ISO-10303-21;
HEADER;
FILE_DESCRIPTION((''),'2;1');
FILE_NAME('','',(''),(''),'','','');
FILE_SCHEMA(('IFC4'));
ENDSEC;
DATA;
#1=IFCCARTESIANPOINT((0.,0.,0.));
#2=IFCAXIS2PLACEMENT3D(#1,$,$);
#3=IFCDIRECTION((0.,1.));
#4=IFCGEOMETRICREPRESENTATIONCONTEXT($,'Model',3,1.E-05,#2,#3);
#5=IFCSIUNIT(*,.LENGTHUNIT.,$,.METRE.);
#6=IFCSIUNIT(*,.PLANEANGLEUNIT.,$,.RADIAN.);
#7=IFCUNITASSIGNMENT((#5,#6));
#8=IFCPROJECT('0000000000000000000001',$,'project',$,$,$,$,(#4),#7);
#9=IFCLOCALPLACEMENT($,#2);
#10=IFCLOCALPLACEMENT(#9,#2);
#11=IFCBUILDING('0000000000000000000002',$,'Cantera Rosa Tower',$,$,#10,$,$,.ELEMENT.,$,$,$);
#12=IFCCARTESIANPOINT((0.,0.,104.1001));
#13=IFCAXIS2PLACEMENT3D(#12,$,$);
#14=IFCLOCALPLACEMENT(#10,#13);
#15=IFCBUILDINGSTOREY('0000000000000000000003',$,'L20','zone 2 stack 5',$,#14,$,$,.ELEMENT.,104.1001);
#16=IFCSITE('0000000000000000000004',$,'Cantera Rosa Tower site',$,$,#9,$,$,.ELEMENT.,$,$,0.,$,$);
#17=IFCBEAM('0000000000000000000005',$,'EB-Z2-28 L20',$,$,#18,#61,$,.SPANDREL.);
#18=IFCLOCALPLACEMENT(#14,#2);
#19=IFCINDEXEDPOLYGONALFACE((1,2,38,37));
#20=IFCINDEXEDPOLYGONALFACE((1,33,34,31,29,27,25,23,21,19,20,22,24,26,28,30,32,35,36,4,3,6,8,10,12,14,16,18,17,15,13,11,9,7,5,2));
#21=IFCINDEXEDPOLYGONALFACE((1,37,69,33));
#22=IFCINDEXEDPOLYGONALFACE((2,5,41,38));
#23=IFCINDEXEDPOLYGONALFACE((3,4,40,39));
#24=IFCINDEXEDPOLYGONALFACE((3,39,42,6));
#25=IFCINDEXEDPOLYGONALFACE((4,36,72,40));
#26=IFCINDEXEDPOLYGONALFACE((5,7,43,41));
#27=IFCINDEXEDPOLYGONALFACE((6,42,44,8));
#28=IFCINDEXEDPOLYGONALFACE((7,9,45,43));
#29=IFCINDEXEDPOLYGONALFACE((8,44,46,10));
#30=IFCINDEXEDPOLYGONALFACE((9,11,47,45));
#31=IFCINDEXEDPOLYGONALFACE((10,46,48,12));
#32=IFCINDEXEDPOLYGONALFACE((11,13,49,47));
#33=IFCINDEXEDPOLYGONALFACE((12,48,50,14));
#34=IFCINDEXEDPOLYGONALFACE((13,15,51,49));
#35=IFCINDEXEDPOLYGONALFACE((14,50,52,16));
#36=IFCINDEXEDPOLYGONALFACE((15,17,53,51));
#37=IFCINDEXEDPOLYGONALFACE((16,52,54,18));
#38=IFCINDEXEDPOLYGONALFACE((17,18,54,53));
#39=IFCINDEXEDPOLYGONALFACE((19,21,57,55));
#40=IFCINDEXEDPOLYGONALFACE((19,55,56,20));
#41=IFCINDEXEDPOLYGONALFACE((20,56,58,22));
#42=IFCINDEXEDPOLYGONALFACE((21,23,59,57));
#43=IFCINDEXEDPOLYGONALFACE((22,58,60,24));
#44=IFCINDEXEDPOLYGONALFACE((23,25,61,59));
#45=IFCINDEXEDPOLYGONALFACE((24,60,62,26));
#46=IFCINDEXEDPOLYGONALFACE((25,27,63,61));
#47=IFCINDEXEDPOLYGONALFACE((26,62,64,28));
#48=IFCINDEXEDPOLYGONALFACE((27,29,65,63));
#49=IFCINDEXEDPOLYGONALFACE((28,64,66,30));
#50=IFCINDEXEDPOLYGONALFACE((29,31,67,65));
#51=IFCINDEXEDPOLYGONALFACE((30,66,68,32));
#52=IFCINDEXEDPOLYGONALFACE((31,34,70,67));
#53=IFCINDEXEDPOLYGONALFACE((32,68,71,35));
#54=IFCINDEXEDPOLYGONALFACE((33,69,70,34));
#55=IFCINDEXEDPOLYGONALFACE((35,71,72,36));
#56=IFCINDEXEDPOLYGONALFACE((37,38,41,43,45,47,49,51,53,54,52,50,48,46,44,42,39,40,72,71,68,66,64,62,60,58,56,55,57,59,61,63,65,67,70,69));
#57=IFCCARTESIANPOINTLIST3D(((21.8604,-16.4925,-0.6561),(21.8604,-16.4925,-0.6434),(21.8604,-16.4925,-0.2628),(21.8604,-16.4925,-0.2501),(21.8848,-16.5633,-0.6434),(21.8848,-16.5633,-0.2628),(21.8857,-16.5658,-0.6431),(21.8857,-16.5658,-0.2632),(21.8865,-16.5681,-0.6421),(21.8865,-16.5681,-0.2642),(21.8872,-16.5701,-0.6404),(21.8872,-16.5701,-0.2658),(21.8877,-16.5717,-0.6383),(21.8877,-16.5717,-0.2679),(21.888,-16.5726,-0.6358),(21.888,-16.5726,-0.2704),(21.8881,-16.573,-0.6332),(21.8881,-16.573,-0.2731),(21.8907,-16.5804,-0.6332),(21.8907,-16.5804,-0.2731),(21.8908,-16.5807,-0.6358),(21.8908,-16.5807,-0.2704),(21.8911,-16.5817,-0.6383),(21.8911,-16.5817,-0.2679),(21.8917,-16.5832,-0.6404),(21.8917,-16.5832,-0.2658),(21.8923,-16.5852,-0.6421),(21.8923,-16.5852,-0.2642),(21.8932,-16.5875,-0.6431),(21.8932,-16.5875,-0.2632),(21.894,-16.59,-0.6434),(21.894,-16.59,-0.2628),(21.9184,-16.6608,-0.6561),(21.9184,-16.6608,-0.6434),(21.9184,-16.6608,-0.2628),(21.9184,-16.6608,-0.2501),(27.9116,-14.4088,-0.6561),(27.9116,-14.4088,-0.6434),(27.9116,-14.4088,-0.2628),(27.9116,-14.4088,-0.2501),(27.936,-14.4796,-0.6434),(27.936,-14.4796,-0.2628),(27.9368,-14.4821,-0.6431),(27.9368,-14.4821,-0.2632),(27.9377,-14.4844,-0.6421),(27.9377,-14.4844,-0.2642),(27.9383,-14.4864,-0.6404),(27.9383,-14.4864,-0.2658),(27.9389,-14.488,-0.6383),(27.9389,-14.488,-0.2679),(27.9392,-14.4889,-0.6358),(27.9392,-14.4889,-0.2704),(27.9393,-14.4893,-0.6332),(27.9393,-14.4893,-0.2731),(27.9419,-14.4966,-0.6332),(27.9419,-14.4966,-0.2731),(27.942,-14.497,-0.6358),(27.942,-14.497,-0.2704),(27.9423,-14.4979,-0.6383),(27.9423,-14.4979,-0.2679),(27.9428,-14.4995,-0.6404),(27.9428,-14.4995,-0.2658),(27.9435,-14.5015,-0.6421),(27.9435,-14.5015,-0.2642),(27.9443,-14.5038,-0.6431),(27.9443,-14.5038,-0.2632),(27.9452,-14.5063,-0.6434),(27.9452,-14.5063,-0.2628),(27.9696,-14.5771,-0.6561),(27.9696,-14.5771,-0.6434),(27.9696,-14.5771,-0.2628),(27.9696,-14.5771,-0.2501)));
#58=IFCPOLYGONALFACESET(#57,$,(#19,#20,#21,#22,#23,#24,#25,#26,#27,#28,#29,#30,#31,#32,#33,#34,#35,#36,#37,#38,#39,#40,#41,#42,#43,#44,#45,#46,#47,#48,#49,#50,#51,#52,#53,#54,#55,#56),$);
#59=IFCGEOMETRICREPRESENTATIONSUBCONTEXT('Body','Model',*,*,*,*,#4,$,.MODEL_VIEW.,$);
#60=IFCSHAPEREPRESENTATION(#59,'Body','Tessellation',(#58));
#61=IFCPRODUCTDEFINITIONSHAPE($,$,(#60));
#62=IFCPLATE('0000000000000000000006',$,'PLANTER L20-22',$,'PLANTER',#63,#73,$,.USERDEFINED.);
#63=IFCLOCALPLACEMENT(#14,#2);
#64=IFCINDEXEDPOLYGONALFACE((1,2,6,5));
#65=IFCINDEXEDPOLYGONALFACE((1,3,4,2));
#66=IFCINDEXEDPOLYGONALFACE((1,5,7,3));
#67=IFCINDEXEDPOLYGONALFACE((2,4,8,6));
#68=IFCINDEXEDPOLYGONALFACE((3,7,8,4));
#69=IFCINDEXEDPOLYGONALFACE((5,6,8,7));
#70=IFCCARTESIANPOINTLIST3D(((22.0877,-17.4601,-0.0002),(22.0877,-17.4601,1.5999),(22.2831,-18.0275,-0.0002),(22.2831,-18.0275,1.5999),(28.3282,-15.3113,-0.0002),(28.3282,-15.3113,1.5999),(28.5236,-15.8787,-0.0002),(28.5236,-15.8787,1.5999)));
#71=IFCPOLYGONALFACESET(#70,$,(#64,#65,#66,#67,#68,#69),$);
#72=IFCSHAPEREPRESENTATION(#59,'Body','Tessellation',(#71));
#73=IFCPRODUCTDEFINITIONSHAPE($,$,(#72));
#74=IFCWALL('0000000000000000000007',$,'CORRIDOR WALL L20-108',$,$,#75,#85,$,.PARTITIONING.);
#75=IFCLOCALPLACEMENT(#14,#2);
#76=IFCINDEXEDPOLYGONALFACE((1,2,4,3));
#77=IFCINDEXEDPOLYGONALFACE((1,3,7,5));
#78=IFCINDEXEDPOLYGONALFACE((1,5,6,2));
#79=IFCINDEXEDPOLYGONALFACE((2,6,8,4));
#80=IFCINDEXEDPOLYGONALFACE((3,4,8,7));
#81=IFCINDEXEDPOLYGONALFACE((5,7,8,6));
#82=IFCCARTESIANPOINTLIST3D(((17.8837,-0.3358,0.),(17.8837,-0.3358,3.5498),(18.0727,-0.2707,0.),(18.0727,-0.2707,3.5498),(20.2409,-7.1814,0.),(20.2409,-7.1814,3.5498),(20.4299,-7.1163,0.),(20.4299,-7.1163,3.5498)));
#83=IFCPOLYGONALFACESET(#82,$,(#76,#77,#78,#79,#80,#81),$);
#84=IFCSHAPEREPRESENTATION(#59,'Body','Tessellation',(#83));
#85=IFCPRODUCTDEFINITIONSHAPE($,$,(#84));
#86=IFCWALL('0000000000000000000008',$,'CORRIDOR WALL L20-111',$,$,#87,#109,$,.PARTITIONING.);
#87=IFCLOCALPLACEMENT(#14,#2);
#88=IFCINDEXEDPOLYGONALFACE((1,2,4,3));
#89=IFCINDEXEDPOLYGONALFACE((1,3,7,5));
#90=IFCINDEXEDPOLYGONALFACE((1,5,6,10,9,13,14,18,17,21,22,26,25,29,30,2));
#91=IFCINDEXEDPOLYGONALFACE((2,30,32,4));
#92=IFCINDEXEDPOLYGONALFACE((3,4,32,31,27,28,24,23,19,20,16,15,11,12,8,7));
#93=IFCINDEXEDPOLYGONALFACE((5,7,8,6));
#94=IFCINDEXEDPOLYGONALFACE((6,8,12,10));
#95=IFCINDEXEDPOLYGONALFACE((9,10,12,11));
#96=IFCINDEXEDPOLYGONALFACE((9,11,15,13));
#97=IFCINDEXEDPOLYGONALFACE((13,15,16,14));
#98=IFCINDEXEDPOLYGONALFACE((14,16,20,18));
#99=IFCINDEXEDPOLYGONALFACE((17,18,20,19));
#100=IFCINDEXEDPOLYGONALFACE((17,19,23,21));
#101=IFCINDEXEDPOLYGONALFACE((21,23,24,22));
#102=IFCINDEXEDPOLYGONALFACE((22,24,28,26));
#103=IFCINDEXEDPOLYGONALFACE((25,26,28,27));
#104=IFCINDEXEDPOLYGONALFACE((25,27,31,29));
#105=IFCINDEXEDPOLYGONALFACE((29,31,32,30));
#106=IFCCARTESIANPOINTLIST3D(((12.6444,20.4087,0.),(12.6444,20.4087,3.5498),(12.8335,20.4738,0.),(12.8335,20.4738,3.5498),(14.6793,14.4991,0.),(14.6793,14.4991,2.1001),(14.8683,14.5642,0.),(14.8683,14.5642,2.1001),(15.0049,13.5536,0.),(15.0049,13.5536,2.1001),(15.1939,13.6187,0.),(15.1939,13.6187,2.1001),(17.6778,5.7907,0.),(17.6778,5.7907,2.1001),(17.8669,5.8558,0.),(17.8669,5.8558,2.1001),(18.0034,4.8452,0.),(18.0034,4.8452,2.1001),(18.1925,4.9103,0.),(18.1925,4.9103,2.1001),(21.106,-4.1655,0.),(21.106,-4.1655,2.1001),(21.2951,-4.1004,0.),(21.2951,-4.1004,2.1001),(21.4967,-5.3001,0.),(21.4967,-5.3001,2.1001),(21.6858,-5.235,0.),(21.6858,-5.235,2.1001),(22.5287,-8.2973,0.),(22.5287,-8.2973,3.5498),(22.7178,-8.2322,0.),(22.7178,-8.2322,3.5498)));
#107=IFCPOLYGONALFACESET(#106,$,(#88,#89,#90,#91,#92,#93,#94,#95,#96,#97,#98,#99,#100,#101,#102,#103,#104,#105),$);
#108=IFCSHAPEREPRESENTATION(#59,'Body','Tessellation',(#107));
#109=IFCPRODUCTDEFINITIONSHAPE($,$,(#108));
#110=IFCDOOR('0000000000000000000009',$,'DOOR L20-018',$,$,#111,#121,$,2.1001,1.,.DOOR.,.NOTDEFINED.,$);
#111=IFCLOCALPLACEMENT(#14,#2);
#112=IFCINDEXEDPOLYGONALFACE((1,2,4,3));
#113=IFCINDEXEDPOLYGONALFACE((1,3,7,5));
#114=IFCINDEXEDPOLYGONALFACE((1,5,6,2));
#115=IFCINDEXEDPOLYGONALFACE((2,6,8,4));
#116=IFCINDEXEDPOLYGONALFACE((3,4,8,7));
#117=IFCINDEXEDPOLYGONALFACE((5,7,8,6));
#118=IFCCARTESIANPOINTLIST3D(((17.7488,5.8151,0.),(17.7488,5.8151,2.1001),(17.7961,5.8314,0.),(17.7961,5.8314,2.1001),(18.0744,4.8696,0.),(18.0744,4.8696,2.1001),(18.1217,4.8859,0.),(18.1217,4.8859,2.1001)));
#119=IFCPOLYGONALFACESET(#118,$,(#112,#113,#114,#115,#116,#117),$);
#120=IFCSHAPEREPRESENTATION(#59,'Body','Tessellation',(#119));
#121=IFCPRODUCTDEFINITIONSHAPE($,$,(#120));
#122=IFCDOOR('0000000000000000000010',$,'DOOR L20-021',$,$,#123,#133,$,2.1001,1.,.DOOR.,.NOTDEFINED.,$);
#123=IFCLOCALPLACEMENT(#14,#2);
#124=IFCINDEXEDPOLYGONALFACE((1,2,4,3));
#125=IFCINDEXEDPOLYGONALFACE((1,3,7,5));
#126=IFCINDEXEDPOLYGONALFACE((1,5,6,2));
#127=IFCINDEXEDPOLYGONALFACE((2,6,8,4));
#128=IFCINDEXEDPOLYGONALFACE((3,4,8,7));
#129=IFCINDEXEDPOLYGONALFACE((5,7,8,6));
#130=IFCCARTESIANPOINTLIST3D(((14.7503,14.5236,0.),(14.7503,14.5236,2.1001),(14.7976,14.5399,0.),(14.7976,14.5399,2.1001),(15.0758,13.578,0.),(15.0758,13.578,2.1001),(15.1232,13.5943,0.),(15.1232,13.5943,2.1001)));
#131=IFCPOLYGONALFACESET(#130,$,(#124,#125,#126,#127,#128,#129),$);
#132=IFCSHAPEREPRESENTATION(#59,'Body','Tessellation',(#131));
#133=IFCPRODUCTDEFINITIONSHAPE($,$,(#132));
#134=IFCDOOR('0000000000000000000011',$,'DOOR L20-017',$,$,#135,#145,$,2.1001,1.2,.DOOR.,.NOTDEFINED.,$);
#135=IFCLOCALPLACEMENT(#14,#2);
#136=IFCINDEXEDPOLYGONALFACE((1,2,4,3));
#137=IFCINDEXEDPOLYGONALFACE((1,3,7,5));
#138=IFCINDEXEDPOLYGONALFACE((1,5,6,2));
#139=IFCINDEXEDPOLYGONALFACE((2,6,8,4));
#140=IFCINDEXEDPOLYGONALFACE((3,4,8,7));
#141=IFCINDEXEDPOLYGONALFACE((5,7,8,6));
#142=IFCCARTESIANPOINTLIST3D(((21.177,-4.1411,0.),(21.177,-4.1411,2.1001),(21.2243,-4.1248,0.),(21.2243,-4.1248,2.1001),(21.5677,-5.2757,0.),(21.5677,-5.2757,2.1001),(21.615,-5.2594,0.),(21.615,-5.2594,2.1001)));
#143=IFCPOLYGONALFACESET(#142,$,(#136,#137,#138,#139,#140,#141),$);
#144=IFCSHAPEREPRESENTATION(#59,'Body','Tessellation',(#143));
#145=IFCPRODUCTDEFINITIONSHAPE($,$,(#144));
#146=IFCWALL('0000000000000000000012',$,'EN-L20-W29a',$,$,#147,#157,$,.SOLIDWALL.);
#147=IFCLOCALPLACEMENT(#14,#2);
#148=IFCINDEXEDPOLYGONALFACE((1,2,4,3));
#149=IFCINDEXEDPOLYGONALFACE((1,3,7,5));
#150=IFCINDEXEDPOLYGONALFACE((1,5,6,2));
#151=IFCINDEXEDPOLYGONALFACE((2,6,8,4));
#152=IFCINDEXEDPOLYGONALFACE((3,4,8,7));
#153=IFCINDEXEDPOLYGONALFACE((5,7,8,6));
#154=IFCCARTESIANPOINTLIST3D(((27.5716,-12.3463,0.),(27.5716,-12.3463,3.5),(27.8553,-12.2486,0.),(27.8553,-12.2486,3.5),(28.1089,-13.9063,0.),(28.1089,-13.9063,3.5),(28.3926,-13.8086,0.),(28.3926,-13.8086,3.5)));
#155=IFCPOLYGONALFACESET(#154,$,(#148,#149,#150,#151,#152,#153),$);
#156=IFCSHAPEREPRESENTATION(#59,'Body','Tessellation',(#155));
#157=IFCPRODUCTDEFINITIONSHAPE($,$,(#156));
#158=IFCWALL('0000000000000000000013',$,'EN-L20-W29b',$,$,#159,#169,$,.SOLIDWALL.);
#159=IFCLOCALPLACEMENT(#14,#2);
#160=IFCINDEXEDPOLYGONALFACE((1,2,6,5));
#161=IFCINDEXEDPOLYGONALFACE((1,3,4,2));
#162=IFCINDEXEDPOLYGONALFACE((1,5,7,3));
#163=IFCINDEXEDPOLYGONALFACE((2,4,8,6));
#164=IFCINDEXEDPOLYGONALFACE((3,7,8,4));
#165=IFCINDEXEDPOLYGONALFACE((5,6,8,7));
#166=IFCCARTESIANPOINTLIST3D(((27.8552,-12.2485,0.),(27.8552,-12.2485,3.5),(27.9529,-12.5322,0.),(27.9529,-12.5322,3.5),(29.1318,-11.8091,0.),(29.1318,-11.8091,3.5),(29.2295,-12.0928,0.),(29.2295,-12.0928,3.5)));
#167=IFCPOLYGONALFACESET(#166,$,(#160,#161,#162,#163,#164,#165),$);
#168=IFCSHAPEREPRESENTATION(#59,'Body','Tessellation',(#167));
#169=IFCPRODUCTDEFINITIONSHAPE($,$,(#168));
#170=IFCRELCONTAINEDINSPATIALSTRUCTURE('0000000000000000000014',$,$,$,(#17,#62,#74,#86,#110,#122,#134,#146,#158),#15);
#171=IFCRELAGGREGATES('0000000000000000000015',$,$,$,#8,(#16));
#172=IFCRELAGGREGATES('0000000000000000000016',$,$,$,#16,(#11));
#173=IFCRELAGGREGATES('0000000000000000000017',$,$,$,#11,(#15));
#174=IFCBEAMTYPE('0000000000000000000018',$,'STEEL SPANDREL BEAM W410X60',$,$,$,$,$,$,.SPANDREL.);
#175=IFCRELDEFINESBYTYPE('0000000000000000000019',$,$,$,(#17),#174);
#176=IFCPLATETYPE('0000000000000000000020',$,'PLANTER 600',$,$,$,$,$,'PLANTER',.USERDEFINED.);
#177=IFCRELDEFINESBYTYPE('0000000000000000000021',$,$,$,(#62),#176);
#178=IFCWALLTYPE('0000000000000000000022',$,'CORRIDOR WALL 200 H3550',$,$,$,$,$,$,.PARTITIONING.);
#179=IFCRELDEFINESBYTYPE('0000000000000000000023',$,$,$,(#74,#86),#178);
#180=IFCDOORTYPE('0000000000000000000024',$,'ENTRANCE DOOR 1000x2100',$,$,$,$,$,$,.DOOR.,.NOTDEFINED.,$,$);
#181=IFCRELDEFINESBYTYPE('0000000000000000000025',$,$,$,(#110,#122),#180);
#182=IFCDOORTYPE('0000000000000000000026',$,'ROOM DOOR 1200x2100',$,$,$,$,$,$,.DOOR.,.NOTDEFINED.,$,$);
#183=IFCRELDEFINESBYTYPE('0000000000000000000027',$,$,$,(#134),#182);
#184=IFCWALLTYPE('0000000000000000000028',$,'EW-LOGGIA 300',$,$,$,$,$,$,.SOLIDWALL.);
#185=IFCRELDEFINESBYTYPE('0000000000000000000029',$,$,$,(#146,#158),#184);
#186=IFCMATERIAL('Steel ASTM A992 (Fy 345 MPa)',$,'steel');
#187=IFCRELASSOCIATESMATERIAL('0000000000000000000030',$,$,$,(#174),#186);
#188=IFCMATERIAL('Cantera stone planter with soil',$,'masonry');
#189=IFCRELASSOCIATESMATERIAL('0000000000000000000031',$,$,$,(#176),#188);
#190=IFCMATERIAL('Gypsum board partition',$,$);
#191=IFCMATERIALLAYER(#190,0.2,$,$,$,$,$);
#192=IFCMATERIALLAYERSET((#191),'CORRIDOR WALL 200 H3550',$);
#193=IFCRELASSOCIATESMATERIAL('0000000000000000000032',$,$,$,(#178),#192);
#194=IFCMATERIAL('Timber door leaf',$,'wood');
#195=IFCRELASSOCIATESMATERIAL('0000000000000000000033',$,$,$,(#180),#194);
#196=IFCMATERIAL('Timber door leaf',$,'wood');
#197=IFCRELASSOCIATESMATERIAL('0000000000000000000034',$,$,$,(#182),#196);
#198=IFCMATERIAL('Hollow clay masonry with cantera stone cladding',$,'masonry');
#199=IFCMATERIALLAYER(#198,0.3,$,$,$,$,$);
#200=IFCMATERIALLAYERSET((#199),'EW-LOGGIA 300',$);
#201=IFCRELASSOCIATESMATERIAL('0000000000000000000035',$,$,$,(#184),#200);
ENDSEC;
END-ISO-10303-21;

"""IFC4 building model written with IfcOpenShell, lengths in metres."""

from ifc_helpers import new_model, si_unit, direction, frame, frame_2d, origin, origin_2d, place, context, subcontext, project, spatial, rectangle, i_section, extrude, material, layer, layer_set, material_profile, profile_set, type_object, element, fill, save


model = new_model("IFC4")

# Units and contexts
model_context = context("Model", 3, precision=1e-05, world=origin(), true_north=direction((0.0, 1.0)))
body_context = subcontext(model_context, "Body", "Model", "MODEL_VIEW")
ifc_project = project(units=[si_unit("LENGTHUNIT", "METRE"), si_unit("PLANEANGLEUNIT", "RADIAN")], contexts=[model_context])

# Site, building, storey
site_placement = place(None, origin())
site = spatial("IfcSite", under=ifc_project, at=site_placement, Name="Cantera Rosa Tower site", CompositionType="ELEMENT", RefElevation=0.0)
building_placement = place(site_placement, origin())
building = spatial("IfcBuilding", under=site, at=building_placement, Name="Cantera Rosa Tower", CompositionType="ELEMENT")
storey_placement = place(building_placement, frame((0.0, 0.0, 104.1001)))
storey = spatial("IfcBuildingStorey", under=building, at=storey_placement, Name="L20", Description="zone 2 stack 5", CompositionType="ELEMENT", Elevation=104.1001)

# Beam
ifc_material_1 = material(Name="Steel ASTM A992 (Fy 345 MPa)", Category="steel")
ifc_material_profile_1 = material_profile(ifc_material_1, i_section(OverallWidth=0.178, OverallDepth=0.406, WebThickness=0.0078, FlangeThickness=0.0127, FilletRadius=0.0103, at=origin_2d()), Name="W410X60")
ifc_profile_set_1 = profile_set([ifc_material_profile_1], Name="Steel ASTM A992 (Fy 345 MPa)")
beam_type_1 = type_object("IfcBeamType", Name="STEEL SPANDREL BEAM W410X60", PredefinedType="SPANDREL", material=ifc_profile_set_1)
beam_1_placement = place(storey_placement, frame((21.8894, -16.5767, -0.4531), z_axis=(0.945513, 0.325585, 0.0), x_axis=(-0.325585, 0.945513, 0.0)))
element("IfcBeam", 1, at=beam_1_placement, inside=storey, type_object=beam_type_1, Name="EB-Z2-28 L20", PredefinedType="SPANDREL", context=body_context, shape_type="SweptSolid", body=[
    extrude(i_section(OverallWidth=0.178, OverallDepth=0.406, WebThickness=0.0078, FlangeThickness=0.0127, FilletRadius=0.0103, at=origin_2d()), origin(), (0.0, 0.0, 1.0), 6.3999),
])

# Plate
ifc_material_2 = material(Name="Cantera stone planter with soil", Category="masonry")
plate_type = type_object("IfcPlateType", Name="PLANTER 600", ElementType="PLANTER", PredefinedType="USERDEFINED", material=ifc_material_2)
plate_placement = place(storey_placement, frame((25.3057, -16.6694, -0.0002), z_axis=(0.0, 0.0, 1.0), x_axis=(0.945519, 0.325568, 0.0)))
element("IfcPlate", 2, at=plate_placement, inside=storey, type_object=plate_type, Name="PLANTER L20-22", ObjectType="PLANTER", PredefinedType="USERDEFINED", context=body_context, shape_type="SweptSolid", body=[
    extrude(rectangle(XDim=6.6001, YDim=0.6001, at=origin_2d()), origin(), (0.0, 0.0, 1.0), 1.6001),
])

# Wall
ifc_material_3 = material(Name="Gypsum board partition")
ifc_layer_1 = layer(ifc_material_3, 0.2)
ifc_layer_set_1 = layer_set([ifc_layer_1], Name="CORRIDOR WALL 200 H3550")
wall_type_1 = type_object("IfcWallType", Name="CORRIDOR WALL 200 H3550", PredefinedType="PARTITIONING", material=ifc_layer_set_1)
wall_1_placement = place(storey_placement, frame((20.3354, -7.1489, 0.0), z_axis=(0.0, 0.0, 1.0), x_axis=(-0.32558, 0.945514, 0.0)))
element("IfcWall", 3, at=wall_1_placement, inside=storey, type_object=wall_type_1, Name="CORRIDOR WALL L20-108", PredefinedType="PARTITIONING", context=body_context, shape_type="SweptSolid", body=[
    extrude(rectangle(XDim=7.24, YDim=0.2, at=frame_2d((3.6201, 0.0))), origin(), (0.0, 0.0, 1.0), 3.5498),
])

# Wall, openings, doors
wall_2_placement = place(storey_placement, frame((22.6233, -8.2649, 0.0), z_axis=(0.0, 0.0, 1.0), x_axis=(-0.325568, 0.945519, 0.0)))
wall_2 = element("IfcWall", 4, at=wall_2_placement, inside=storey, type_object=wall_type_1, Name="CORRIDOR WALL L20-111", PredefinedType="PARTITIONING", context=body_context, shape_type="SweptSolid", body=[
    extrude(rectangle(XDim=30.3601, YDim=0.2, at=frame_2d((15.1802, 0.0))), origin(), (0.0, 0.0, 1.0), 3.5498),
])
opening_1_placement = place(wall_2_placement, frame((3.1699, 0.0, 0.0)))
opening_1 = element("IfcOpeningElement", 5, at=opening_1_placement, cuts=wall_2, PredefinedType="OPENING", context=body_context, shape_type="SweptSolid", body=[
    extrude(rectangle(XDim=1.2, YDim=2.1001, at=frame_2d((0.6001, 1.05))), frame((0.0, 0.1099, 0.0), z_axis=(0.0, -1.0, 0.0), x_axis=(1.0, 0.0, 0.0)), (0.0, 0.0, 1.0), 0.22),
])
opening_2_placement = place(wall_2_placement, frame((13.8999, 0.0, 0.0)))
opening_2 = element("IfcOpeningElement", 6, at=opening_2_placement, cuts=wall_2, PredefinedType="OPENING", context=body_context, shape_type="SweptSolid", body=[
    extrude(rectangle(XDim=1.0, YDim=2.1001, at=frame_2d((0.5, 1.05))), frame((0.0, 0.1099, 0.0), z_axis=(0.0, -1.0, 0.0), x_axis=(1.0, 0.0, 0.0)), (0.0, 0.0, 1.0), 0.22),
])
opening_3_placement = place(wall_2_placement, frame((23.1101, 0.0, 0.0)))
opening_3 = element("IfcOpeningElement", 7, at=opening_3_placement, cuts=wall_2, PredefinedType="OPENING", context=body_context, shape_type="SweptSolid", body=[
    extrude(rectangle(XDim=1.0, YDim=2.1001, at=frame_2d((0.5, 1.05))), frame((0.0, 0.1099, 0.0), z_axis=(0.0, -1.0, 0.0), x_axis=(1.0, 0.0, 0.0)), (0.0, 0.0, 1.0), 0.22),
])
ifc_material_4 = material(Name="Timber door leaf", Category="wood")
door_type_1 = type_object("IfcDoorType", Name="ENTRANCE DOOR 1000x2100", OperationType="NOTDEFINED", PredefinedType="DOOR", material=ifc_material_4)
door_1_placement = place(opening_2_placement, origin())
door_1 = element("IfcDoor", 8, at=door_1_placement, inside=storey, type_object=door_type_1, Name="DOOR L20-018", OperationType="NOTDEFINED", OverallHeight=2.1001, OverallWidth=1.0, PredefinedType="DOOR", context=body_context, shape_type="SweptSolid", body=[
    extrude(rectangle(XDim=1.0, YDim=2.1001, at=frame_2d((0.5, 1.05))), frame((0.0, 0.0249, 0.0), z_axis=(0.0, -1.0, 0.0), x_axis=(1.0, 0.0, 0.0)), (0.0, 0.0, 1.0), 0.05),
])
fill(opening_2, door_1)
door_2_placement = place(opening_3_placement, origin())
door_2 = element("IfcDoor", 9, at=door_2_placement, inside=storey, type_object=door_type_1, Name="DOOR L20-021", OperationType="NOTDEFINED", OverallHeight=2.1001, OverallWidth=1.0, PredefinedType="DOOR", context=body_context, shape_type="SweptSolid", body=[
    extrude(rectangle(XDim=1.0, YDim=2.1001, at=frame_2d((0.5, 1.05))), frame((0.0, 0.0249, 0.0), z_axis=(0.0, -1.0, 0.0), x_axis=(1.0, 0.0, 0.0)), (0.0, 0.0, 1.0), 0.05),
])
fill(opening_3, door_2)
ifc_material_5 = material(Name="Timber door leaf", Category="wood")
door_type_2 = type_object("IfcDoorType", Name="ROOM DOOR 1200x2100", OperationType="NOTDEFINED", PredefinedType="DOOR", material=ifc_material_5)
door_3_placement = place(opening_1_placement, origin())
door_3 = element("IfcDoor", 10, at=door_3_placement, inside=storey, type_object=door_type_2, Name="DOOR L20-017", OperationType="NOTDEFINED", OverallHeight=2.1001, OverallWidth=1.2, PredefinedType="DOOR", context=body_context, shape_type="SweptSolid", body=[
    extrude(rectangle(XDim=1.2, YDim=2.1001, at=frame_2d((0.6001, 1.05))), frame((0.0, 0.0249, 0.0), z_axis=(0.0, -1.0, 0.0), x_axis=(1.0, 0.0, 0.0)), (0.0, 0.0, 1.0), 0.05),
])
fill(opening_1, door_3)

# Walls
ifc_material_6 = material(Name="Hollow clay masonry with cantera stone cladding", Category="masonry")
ifc_layer_2 = layer(ifc_material_6, 0.3)
ifc_layer_set_2 = layer_set([ifc_layer_2], Name="EW-LOGGIA 300")
wall_type_2 = type_object("IfcWallType", Name="EW-LOGGIA 300", PredefinedType="SOLIDWALL", material=ifc_layer_set_2)
wall_3_placement = place(storey_placement, frame((28.2507, -13.8574, 0.0), z_axis=(0.0, 0.0, 1.0), x_axis=(-0.325667, 0.945485, 0.0)))
element("IfcWall", 11, at=wall_3_placement, inside=storey, type_object=wall_type_2, Name="EN-L20-W29a", PredefinedType="SOLIDWALL", context=body_context, shape_type="SweptSolid", body=[
    extrude(rectangle(XDim=1.6499, YDim=0.3, at=frame_2d((0.825, 0.0))), origin(), (0.0, 0.0, 1.0), 3.5),
])
wall_4_placement = place(storey_placement, frame((27.9041, -12.3904, 0.0), z_axis=(0.0, 0.0, 1.0), x_axis=(0.945546, 0.325489, 0.0)))
element("IfcWall", 12, at=wall_4_placement, inside=storey, type_object=wall_type_2, Name="EN-L20-W29b", PredefinedType="SOLIDWALL", context=body_context, shape_type="SweptSolid", body=[
    extrude(rectangle(XDim=1.3501, YDim=0.3, at=frame_2d((0.675, 0.0))), origin(), (0.0, 0.0, 1.0), 3.5),
])

save(model, "model.ifc")
